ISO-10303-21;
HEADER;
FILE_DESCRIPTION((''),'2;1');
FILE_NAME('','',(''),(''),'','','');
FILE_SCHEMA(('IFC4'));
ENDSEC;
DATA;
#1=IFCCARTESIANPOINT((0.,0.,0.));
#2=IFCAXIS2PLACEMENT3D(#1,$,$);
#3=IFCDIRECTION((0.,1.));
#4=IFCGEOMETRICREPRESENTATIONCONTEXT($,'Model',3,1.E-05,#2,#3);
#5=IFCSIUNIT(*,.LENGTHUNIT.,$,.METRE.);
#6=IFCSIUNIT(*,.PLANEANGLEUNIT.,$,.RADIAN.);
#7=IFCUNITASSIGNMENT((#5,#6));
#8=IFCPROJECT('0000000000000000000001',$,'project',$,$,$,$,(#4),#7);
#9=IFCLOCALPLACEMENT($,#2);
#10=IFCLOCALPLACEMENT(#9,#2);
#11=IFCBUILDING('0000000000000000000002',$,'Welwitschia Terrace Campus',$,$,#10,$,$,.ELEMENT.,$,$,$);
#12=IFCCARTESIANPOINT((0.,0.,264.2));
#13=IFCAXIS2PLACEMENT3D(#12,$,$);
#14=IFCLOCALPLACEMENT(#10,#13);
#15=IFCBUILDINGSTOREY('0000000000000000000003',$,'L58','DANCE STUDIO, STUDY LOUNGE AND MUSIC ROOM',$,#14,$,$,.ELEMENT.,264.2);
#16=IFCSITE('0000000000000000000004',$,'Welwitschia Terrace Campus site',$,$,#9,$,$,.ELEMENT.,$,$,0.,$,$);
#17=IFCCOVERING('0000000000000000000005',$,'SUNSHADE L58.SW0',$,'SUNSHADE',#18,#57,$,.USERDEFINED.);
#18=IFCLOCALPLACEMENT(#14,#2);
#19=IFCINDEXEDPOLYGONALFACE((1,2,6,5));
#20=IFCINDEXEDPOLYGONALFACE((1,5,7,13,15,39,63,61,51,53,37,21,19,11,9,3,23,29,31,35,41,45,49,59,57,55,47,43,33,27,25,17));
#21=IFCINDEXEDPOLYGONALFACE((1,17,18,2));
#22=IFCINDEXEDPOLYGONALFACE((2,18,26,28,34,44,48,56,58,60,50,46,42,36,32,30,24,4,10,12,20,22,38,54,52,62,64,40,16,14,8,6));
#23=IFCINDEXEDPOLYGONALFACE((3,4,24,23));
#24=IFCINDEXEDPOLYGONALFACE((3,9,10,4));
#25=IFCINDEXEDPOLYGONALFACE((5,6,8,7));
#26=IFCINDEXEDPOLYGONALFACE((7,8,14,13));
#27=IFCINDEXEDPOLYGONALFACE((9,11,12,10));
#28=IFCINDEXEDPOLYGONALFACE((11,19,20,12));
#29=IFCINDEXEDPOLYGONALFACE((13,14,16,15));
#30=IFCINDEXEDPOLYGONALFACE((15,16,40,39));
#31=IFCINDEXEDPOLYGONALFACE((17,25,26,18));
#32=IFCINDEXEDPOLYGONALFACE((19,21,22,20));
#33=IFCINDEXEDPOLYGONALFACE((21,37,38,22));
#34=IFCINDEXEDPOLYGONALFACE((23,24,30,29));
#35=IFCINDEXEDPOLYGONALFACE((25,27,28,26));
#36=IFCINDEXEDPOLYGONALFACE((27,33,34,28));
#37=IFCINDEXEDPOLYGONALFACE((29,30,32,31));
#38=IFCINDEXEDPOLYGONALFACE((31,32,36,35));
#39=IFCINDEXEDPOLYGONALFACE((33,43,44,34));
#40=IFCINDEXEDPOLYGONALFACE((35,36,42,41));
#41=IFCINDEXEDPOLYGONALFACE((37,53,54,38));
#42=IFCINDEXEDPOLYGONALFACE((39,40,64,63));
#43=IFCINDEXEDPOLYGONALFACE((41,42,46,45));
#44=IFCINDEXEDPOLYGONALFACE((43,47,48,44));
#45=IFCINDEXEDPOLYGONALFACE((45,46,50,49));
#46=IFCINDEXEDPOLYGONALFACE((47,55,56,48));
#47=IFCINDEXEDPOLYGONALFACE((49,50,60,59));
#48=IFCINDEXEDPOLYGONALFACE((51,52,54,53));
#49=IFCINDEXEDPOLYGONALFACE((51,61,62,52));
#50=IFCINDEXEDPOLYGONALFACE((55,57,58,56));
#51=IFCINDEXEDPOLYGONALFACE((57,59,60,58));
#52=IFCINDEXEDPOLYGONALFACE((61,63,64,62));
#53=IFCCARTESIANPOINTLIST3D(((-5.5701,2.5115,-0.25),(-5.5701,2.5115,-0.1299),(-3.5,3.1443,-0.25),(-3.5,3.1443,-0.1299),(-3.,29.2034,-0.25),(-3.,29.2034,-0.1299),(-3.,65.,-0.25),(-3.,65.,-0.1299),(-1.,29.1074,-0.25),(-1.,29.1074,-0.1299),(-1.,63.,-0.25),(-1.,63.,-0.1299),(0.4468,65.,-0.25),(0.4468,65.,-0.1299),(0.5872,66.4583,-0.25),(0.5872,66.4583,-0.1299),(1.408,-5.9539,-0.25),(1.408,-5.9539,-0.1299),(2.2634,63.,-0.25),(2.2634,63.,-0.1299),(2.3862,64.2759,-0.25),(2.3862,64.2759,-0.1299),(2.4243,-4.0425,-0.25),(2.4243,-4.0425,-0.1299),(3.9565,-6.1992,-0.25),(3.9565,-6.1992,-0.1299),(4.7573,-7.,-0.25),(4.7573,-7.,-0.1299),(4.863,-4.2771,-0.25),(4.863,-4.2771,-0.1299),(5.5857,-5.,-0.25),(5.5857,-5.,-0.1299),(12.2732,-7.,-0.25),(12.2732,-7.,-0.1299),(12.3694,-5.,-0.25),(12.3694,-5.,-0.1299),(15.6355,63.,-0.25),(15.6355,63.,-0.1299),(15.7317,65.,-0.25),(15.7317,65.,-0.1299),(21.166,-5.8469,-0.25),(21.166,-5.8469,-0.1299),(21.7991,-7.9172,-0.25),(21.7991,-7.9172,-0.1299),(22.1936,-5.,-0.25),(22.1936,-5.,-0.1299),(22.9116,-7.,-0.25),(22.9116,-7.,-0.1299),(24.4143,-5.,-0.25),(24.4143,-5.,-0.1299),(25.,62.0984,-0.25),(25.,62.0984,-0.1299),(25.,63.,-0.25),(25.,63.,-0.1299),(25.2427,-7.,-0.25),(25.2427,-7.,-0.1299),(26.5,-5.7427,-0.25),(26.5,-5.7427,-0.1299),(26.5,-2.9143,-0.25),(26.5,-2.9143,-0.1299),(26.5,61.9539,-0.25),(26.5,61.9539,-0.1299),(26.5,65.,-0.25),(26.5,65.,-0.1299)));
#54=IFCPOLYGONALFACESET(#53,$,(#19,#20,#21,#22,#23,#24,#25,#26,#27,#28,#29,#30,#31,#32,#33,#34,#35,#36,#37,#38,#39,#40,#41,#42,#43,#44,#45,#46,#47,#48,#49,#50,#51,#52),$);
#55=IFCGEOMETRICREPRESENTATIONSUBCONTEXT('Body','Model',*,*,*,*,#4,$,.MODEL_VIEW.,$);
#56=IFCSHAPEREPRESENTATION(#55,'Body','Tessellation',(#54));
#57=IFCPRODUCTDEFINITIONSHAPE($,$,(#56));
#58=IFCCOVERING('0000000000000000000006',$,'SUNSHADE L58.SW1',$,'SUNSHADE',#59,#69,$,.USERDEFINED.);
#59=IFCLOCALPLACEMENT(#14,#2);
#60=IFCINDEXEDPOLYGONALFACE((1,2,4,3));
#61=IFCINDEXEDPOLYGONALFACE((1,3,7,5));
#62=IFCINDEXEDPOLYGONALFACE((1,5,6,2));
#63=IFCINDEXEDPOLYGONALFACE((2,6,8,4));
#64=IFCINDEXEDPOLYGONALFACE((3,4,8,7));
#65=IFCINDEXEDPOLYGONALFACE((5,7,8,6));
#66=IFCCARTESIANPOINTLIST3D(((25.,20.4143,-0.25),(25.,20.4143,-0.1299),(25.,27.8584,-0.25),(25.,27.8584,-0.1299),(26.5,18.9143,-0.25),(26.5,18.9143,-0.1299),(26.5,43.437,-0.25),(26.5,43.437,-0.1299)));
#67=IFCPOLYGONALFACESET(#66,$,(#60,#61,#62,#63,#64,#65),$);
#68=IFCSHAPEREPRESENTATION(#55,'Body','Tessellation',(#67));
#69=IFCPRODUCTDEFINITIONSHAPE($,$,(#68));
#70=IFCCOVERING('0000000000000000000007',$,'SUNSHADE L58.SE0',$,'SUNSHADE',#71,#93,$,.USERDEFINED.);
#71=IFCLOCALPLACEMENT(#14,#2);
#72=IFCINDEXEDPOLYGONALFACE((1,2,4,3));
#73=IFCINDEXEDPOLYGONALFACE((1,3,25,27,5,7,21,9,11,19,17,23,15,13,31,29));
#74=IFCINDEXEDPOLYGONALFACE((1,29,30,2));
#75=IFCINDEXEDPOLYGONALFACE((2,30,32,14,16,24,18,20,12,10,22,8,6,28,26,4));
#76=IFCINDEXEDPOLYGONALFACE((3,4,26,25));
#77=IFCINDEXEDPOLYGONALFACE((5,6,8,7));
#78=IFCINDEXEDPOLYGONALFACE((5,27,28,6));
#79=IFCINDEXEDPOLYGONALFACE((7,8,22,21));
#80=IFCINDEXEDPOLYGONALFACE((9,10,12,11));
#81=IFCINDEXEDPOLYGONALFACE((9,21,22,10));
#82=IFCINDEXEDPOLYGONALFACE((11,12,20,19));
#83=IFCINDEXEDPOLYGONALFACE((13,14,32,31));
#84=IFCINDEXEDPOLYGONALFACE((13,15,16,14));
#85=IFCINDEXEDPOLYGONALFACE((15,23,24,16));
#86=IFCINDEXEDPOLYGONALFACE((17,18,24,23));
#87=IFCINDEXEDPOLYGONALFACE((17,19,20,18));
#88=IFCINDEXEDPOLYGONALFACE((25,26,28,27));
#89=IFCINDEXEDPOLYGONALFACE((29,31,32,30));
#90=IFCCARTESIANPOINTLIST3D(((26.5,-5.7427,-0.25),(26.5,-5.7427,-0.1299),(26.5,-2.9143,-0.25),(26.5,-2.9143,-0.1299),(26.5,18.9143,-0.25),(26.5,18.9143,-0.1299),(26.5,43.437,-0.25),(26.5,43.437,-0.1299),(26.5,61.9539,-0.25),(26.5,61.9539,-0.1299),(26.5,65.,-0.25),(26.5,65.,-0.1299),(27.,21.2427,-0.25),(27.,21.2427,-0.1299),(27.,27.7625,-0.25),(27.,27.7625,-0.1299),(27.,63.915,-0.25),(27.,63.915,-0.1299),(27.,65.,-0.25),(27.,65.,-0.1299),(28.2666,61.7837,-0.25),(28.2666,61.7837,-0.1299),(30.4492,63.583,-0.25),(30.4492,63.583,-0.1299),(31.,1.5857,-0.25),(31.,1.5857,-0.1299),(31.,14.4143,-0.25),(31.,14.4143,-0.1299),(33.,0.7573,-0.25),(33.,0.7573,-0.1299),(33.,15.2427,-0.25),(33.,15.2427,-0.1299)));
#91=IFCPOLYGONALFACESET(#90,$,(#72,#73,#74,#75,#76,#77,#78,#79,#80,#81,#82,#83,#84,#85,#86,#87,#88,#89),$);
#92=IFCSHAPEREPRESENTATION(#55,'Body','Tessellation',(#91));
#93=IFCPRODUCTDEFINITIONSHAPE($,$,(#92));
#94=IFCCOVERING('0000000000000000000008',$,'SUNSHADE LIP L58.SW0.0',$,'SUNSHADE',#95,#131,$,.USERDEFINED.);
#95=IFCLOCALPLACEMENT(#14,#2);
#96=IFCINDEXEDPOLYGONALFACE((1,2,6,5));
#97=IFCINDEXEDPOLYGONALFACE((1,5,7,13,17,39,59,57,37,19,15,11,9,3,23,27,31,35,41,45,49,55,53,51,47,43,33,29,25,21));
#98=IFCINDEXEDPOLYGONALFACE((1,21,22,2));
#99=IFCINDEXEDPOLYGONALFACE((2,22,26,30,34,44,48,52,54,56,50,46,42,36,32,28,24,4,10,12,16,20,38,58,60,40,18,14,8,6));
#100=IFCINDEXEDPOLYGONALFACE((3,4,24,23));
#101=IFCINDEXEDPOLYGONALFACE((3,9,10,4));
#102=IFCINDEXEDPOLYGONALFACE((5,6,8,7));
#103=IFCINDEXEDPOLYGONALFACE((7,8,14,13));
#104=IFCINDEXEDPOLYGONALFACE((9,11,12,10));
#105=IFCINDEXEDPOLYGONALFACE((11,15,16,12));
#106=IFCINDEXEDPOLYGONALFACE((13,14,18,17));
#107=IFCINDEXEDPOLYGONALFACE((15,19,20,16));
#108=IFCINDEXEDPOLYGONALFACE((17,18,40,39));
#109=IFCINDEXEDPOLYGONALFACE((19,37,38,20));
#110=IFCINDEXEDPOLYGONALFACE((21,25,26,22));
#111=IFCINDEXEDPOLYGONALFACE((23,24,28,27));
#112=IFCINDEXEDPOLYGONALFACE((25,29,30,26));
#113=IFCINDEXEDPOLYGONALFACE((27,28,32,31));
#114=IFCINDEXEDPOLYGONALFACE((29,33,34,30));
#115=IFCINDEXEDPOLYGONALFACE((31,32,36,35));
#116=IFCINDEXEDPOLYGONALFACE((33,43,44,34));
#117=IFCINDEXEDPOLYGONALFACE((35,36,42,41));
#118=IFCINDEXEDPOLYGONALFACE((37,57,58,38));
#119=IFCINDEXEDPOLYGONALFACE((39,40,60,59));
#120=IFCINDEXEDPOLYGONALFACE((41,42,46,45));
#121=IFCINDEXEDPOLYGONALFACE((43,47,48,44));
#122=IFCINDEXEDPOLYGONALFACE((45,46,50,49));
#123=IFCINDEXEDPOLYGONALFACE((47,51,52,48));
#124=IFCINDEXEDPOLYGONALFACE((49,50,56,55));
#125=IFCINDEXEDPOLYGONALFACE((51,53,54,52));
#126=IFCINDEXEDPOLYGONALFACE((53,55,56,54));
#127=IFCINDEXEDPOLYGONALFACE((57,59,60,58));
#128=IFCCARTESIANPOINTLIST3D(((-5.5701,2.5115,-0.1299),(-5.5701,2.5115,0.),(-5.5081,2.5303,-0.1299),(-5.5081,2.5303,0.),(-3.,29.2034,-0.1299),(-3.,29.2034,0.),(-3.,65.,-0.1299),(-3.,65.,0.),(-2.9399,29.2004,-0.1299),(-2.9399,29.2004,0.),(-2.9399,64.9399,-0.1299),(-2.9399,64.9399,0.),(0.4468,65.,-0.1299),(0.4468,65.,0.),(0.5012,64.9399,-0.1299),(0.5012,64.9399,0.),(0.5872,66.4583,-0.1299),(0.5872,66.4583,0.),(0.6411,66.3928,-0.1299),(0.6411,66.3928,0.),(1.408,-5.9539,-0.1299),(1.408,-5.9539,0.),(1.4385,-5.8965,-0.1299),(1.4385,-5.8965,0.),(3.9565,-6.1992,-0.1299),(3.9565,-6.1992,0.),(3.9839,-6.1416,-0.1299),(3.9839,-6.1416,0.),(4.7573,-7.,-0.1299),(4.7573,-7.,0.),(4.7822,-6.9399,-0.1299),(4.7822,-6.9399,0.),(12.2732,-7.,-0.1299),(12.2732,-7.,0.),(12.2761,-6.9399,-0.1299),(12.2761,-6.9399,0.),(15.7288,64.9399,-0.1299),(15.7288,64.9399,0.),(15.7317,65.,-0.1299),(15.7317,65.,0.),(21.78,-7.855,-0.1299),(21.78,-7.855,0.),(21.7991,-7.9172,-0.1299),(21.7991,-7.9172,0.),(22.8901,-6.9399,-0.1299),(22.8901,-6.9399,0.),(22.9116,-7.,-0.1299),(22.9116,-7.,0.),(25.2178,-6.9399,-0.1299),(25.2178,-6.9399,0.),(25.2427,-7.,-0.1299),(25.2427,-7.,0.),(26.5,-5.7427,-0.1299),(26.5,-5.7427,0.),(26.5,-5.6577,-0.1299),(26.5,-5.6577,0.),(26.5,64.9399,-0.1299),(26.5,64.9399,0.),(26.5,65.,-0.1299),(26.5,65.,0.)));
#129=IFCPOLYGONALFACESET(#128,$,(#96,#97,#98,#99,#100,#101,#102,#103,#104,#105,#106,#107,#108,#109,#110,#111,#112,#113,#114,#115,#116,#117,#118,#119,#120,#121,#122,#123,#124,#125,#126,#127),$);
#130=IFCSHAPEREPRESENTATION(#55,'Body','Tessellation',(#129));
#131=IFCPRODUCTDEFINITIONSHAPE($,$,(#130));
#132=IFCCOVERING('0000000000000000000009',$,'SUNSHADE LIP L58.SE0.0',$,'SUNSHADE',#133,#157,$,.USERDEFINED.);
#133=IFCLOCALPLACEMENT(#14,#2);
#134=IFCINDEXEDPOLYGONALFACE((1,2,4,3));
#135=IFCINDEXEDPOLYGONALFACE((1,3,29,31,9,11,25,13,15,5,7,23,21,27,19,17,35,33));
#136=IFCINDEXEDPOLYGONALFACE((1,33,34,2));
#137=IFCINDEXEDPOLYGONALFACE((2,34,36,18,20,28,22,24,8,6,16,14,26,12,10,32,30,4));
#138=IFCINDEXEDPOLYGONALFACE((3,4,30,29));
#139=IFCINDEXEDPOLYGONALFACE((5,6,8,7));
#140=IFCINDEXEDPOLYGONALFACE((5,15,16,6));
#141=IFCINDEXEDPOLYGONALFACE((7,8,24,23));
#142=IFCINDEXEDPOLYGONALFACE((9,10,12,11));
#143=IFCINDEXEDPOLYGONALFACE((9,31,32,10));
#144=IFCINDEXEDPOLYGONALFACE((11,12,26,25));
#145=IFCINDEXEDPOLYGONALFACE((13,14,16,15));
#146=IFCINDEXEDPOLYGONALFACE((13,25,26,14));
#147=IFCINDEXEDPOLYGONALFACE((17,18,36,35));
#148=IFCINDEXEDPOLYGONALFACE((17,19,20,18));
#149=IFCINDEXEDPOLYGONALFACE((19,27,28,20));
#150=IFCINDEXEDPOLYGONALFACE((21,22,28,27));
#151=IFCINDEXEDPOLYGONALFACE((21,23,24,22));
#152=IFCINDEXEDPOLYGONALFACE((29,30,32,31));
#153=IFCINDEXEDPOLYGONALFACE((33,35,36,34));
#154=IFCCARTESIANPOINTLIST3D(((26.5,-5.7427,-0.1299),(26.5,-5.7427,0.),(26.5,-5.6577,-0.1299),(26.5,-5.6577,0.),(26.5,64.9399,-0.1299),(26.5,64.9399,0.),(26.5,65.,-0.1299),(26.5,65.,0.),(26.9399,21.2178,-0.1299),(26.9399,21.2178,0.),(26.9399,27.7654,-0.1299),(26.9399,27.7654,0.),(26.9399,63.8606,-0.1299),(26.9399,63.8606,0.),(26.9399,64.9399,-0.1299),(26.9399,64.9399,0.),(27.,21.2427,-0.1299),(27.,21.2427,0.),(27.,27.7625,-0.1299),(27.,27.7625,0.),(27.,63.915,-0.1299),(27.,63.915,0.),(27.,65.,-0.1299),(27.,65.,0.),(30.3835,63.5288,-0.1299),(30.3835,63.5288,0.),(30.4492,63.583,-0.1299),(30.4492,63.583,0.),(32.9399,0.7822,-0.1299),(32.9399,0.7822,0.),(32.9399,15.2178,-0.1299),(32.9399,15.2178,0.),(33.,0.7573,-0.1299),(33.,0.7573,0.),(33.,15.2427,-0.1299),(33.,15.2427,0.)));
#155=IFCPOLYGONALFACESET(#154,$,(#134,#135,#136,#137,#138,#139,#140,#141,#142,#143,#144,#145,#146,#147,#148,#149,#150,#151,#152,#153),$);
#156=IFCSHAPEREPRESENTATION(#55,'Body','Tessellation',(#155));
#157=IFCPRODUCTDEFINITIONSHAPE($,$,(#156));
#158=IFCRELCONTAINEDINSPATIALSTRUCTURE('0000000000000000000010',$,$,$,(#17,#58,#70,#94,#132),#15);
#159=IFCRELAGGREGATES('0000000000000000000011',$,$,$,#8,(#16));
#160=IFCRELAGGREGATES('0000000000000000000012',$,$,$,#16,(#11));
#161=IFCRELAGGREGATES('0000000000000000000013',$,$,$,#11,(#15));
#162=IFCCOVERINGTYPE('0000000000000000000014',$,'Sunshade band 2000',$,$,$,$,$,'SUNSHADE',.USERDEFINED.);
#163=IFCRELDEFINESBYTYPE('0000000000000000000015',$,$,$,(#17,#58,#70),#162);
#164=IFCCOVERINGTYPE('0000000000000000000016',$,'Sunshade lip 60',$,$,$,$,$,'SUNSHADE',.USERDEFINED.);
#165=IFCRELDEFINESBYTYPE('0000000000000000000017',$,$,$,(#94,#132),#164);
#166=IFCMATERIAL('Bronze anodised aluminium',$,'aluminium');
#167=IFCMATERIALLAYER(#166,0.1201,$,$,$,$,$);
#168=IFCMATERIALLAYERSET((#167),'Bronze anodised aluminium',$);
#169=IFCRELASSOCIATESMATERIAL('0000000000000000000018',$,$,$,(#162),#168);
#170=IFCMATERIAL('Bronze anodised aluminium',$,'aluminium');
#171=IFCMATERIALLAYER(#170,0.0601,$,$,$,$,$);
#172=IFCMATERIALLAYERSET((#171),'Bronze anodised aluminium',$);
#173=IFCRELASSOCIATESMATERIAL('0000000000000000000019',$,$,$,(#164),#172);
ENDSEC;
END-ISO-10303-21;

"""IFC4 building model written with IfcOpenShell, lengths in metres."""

from ifc_helpers import new_model, si_unit, direction, frame, origin, place, context, subcontext, project, spatial, polyline, outline, extrude, material, layer, layer_set, type_object, element, save


model = new_model("IFC4")

# Units and contexts
model_context = context("Model", 3, precision=1e-05, world=origin(), true_north=direction((0.0, 1.0)))
body_context = subcontext(model_context, "Body", "Model", "MODEL_VIEW")
ifc_project = project(units=[si_unit("LENGTHUNIT", "METRE"), si_unit("PLANEANGLEUNIT", "RADIAN")], contexts=[model_context])

# Site, building, storey
site_placement = place(None, origin())
site = spatial("IfcSite", under=ifc_project, at=site_placement, Name="Welwitschia Terrace Campus site", CompositionType="ELEMENT", RefElevation=0.0)
building_placement = place(site_placement, origin())
building = spatial("IfcBuilding", under=site, at=building_placement, Name="Welwitschia Terrace Campus", CompositionType="ELEMENT")
storey_placement = place(building_placement, frame((0.0, 0.0, 264.2)))
storey = spatial("IfcBuildingStorey", under=building, at=storey_placement, Name="L58", Description="DANCE STUDIO, STUDY LOUNGE AND MUSIC ROOM", CompositionType="ELEMENT", Elevation=264.2)

# Coverings
ifc_material_1 = material(Name="Bronze anodised aluminium", Category="aluminium")
ifc_layer_1 = layer(ifc_material_1, 0.1201)
ifc_layer_set_1 = layer_set([ifc_layer_1], Name="Bronze anodised aluminium")
covering_type_1 = type_object("IfcCoveringType", Name="Sunshade band 2000", ElementType="SUNSHADE", PredefinedType="USERDEFINED", material=ifc_layer_set_1)
covering_1_placement = place(storey_placement, frame((0.0, 0.0, -0.25)))
element("IfcCovering", 1, at=covering_1_placement, inside=storey, type_object=covering_type_1, Name="SUNSHADE L58.SW0", ObjectType="SUNSHADE", PredefinedType="USERDEFINED", context=body_context, shape_type="SweptSolid", body=[
    extrude(outline(polyline([(0.5872, 66.4583), (15.7317, 65.0), (26.5, 65.0), (26.5, 61.9539), (25.0, 62.0984), (25.0, 63.0), (15.6355, 63.0), (2.3862, 64.2759), (2.2634, 63.0), (-1.0, 63.0), (-1.0, 29.1074), (-3.5, 3.1443), (2.4243, -4.0425), (4.863, -4.2771), (5.5857, -5.0), (12.3694, -5.0), (21.166, -5.8469), (22.1936, -5.0), (24.4143, -5.0), (26.5, -2.9143), (26.5, -5.7427), (25.2427, -7.0), (22.9116, -7.0), (21.7991, -7.9172), (12.2732, -7.0), (4.7573, -7.0), (3.9565, -6.1992), (1.408, -5.9539), (-5.5701, 2.5115), (-3.0, 29.2034), (-3.0, 65.0), (0.4468, 65.0), (0.5872, 66.4583)])), origin(), (0.0, 0.0, 1.0), 0.1201),
])
covering_2_placement = place(storey_placement, frame((0.0, 0.0, -0.25)))
element("IfcCovering", 2, at=covering_2_placement, inside=storey, type_object=covering_type_1, Name="SUNSHADE L58.SW1", ObjectType="SUNSHADE", PredefinedType="USERDEFINED", context=body_context, shape_type="SweptSolid", body=[
    extrude(outline(polyline([(25.0, 20.4143), (25.0, 27.8584), (26.5, 43.437), (26.5, 18.9143), (25.0, 20.4143)])), origin(), (0.0, 0.0, 1.0), 0.1201),
])
covering_3_placement = place(storey_placement, frame((0.0, 0.0, -0.25)))
element("IfcCovering", 3, at=covering_3_placement, inside=storey, type_object=covering_type_1, Name="SUNSHADE L58.SE0", ObjectType="SUNSHADE", PredefinedType="USERDEFINED", context=body_context, shape_type="SweptSolid", body=[
    extrude(outline(polyline([(27.0, 65.0), (27.0, 63.915), (30.4492, 63.583), (27.0, 27.7625), (27.0, 21.2427), (33.0, 15.2427), (33.0, 0.7573), (26.5, -5.7427), (26.5, -2.9143), (31.0, 1.5857), (31.0, 14.4143), (26.5, 18.9143), (26.5, 43.437), (28.2666, 61.7837), (26.5, 61.9539), (26.5, 65.0), (27.0, 65.0)])), origin(), (0.0, 0.0, 1.0), 0.1201),
])
ifc_material_2 = material(Name="Bronze anodised aluminium", Category="aluminium")
ifc_layer_2 = layer(ifc_material_2, 0.0601)
ifc_layer_set_2 = layer_set([ifc_layer_2], Name="Bronze anodised aluminium")
covering_type_2 = type_object("IfcCoveringType", Name="Sunshade lip 60", ElementType="SUNSHADE", PredefinedType="USERDEFINED", material=ifc_layer_set_2)
covering_4_placement = place(storey_placement, frame((0.0, 0.0, -0.1299)))
element("IfcCovering", 4, at=covering_4_placement, inside=storey, type_object=covering_type_2, Name="SUNSHADE LIP L58.SW0.0", ObjectType="SUNSHADE", PredefinedType="USERDEFINED", context=body_context, shape_type="SweptSolid", body=[
    extrude(outline(polyline([(15.7317, 65.0), (26.5, 65.0), (26.5, 64.9399), (15.7288, 64.9399), (0.6411, 66.3928), (0.5012, 64.9399), (-2.9399, 64.9399), (-2.9399, 29.2004), (-5.5081, 2.5303), (1.4385, -5.8965), (3.9839, -6.1416), (4.7822, -6.9399), (12.2761, -6.9399), (21.78, -7.855), (22.8901, -6.9399), (25.2178, -6.9399), (26.5, -5.6577), (26.5, -5.7427), (25.2427, -7.0), (22.9116, -7.0), (21.7991, -7.9172), (12.2732, -7.0), (4.7573, -7.0), (3.9565, -6.1992), (1.408, -5.9539), (-5.5701, 2.5115), (-3.0, 29.2034), (-3.0, 65.0), (0.4468, 65.0), (0.5872, 66.4583), (15.7317, 65.0)])), origin(), (0.0, 0.0, 1.0), 0.1299),
])
covering_5_placement = place(storey_placement, frame((0.0, 0.0, -0.1299)))
element("IfcCovering", 5, at=covering_5_placement, inside=storey, type_object=covering_type_2, Name="SUNSHADE LIP L58.SE0.0", ObjectType="SUNSHADE", PredefinedType="USERDEFINED", context=body_context, shape_type="SweptSolid", body=[
    extrude(outline(polyline([(27.0, 63.915), (30.4492, 63.583), (27.0, 27.7625), (27.0, 21.2427), (33.0, 15.2427), (33.0, 0.7573), (26.5, -5.7427), (26.5, -5.6577), (32.9399, 0.7822), (32.9399, 15.2178), (26.9399, 21.2178), (26.9399, 27.7654), (30.3835, 63.5288), (26.9399, 63.8606), (26.9399, 64.9399), (26.5, 64.9399), (26.5, 65.0), (27.0, 65.0), (27.0, 63.915)])), origin(), (0.0, 0.0, 1.0), 0.1299),
])

save(model, "model.ifc")
